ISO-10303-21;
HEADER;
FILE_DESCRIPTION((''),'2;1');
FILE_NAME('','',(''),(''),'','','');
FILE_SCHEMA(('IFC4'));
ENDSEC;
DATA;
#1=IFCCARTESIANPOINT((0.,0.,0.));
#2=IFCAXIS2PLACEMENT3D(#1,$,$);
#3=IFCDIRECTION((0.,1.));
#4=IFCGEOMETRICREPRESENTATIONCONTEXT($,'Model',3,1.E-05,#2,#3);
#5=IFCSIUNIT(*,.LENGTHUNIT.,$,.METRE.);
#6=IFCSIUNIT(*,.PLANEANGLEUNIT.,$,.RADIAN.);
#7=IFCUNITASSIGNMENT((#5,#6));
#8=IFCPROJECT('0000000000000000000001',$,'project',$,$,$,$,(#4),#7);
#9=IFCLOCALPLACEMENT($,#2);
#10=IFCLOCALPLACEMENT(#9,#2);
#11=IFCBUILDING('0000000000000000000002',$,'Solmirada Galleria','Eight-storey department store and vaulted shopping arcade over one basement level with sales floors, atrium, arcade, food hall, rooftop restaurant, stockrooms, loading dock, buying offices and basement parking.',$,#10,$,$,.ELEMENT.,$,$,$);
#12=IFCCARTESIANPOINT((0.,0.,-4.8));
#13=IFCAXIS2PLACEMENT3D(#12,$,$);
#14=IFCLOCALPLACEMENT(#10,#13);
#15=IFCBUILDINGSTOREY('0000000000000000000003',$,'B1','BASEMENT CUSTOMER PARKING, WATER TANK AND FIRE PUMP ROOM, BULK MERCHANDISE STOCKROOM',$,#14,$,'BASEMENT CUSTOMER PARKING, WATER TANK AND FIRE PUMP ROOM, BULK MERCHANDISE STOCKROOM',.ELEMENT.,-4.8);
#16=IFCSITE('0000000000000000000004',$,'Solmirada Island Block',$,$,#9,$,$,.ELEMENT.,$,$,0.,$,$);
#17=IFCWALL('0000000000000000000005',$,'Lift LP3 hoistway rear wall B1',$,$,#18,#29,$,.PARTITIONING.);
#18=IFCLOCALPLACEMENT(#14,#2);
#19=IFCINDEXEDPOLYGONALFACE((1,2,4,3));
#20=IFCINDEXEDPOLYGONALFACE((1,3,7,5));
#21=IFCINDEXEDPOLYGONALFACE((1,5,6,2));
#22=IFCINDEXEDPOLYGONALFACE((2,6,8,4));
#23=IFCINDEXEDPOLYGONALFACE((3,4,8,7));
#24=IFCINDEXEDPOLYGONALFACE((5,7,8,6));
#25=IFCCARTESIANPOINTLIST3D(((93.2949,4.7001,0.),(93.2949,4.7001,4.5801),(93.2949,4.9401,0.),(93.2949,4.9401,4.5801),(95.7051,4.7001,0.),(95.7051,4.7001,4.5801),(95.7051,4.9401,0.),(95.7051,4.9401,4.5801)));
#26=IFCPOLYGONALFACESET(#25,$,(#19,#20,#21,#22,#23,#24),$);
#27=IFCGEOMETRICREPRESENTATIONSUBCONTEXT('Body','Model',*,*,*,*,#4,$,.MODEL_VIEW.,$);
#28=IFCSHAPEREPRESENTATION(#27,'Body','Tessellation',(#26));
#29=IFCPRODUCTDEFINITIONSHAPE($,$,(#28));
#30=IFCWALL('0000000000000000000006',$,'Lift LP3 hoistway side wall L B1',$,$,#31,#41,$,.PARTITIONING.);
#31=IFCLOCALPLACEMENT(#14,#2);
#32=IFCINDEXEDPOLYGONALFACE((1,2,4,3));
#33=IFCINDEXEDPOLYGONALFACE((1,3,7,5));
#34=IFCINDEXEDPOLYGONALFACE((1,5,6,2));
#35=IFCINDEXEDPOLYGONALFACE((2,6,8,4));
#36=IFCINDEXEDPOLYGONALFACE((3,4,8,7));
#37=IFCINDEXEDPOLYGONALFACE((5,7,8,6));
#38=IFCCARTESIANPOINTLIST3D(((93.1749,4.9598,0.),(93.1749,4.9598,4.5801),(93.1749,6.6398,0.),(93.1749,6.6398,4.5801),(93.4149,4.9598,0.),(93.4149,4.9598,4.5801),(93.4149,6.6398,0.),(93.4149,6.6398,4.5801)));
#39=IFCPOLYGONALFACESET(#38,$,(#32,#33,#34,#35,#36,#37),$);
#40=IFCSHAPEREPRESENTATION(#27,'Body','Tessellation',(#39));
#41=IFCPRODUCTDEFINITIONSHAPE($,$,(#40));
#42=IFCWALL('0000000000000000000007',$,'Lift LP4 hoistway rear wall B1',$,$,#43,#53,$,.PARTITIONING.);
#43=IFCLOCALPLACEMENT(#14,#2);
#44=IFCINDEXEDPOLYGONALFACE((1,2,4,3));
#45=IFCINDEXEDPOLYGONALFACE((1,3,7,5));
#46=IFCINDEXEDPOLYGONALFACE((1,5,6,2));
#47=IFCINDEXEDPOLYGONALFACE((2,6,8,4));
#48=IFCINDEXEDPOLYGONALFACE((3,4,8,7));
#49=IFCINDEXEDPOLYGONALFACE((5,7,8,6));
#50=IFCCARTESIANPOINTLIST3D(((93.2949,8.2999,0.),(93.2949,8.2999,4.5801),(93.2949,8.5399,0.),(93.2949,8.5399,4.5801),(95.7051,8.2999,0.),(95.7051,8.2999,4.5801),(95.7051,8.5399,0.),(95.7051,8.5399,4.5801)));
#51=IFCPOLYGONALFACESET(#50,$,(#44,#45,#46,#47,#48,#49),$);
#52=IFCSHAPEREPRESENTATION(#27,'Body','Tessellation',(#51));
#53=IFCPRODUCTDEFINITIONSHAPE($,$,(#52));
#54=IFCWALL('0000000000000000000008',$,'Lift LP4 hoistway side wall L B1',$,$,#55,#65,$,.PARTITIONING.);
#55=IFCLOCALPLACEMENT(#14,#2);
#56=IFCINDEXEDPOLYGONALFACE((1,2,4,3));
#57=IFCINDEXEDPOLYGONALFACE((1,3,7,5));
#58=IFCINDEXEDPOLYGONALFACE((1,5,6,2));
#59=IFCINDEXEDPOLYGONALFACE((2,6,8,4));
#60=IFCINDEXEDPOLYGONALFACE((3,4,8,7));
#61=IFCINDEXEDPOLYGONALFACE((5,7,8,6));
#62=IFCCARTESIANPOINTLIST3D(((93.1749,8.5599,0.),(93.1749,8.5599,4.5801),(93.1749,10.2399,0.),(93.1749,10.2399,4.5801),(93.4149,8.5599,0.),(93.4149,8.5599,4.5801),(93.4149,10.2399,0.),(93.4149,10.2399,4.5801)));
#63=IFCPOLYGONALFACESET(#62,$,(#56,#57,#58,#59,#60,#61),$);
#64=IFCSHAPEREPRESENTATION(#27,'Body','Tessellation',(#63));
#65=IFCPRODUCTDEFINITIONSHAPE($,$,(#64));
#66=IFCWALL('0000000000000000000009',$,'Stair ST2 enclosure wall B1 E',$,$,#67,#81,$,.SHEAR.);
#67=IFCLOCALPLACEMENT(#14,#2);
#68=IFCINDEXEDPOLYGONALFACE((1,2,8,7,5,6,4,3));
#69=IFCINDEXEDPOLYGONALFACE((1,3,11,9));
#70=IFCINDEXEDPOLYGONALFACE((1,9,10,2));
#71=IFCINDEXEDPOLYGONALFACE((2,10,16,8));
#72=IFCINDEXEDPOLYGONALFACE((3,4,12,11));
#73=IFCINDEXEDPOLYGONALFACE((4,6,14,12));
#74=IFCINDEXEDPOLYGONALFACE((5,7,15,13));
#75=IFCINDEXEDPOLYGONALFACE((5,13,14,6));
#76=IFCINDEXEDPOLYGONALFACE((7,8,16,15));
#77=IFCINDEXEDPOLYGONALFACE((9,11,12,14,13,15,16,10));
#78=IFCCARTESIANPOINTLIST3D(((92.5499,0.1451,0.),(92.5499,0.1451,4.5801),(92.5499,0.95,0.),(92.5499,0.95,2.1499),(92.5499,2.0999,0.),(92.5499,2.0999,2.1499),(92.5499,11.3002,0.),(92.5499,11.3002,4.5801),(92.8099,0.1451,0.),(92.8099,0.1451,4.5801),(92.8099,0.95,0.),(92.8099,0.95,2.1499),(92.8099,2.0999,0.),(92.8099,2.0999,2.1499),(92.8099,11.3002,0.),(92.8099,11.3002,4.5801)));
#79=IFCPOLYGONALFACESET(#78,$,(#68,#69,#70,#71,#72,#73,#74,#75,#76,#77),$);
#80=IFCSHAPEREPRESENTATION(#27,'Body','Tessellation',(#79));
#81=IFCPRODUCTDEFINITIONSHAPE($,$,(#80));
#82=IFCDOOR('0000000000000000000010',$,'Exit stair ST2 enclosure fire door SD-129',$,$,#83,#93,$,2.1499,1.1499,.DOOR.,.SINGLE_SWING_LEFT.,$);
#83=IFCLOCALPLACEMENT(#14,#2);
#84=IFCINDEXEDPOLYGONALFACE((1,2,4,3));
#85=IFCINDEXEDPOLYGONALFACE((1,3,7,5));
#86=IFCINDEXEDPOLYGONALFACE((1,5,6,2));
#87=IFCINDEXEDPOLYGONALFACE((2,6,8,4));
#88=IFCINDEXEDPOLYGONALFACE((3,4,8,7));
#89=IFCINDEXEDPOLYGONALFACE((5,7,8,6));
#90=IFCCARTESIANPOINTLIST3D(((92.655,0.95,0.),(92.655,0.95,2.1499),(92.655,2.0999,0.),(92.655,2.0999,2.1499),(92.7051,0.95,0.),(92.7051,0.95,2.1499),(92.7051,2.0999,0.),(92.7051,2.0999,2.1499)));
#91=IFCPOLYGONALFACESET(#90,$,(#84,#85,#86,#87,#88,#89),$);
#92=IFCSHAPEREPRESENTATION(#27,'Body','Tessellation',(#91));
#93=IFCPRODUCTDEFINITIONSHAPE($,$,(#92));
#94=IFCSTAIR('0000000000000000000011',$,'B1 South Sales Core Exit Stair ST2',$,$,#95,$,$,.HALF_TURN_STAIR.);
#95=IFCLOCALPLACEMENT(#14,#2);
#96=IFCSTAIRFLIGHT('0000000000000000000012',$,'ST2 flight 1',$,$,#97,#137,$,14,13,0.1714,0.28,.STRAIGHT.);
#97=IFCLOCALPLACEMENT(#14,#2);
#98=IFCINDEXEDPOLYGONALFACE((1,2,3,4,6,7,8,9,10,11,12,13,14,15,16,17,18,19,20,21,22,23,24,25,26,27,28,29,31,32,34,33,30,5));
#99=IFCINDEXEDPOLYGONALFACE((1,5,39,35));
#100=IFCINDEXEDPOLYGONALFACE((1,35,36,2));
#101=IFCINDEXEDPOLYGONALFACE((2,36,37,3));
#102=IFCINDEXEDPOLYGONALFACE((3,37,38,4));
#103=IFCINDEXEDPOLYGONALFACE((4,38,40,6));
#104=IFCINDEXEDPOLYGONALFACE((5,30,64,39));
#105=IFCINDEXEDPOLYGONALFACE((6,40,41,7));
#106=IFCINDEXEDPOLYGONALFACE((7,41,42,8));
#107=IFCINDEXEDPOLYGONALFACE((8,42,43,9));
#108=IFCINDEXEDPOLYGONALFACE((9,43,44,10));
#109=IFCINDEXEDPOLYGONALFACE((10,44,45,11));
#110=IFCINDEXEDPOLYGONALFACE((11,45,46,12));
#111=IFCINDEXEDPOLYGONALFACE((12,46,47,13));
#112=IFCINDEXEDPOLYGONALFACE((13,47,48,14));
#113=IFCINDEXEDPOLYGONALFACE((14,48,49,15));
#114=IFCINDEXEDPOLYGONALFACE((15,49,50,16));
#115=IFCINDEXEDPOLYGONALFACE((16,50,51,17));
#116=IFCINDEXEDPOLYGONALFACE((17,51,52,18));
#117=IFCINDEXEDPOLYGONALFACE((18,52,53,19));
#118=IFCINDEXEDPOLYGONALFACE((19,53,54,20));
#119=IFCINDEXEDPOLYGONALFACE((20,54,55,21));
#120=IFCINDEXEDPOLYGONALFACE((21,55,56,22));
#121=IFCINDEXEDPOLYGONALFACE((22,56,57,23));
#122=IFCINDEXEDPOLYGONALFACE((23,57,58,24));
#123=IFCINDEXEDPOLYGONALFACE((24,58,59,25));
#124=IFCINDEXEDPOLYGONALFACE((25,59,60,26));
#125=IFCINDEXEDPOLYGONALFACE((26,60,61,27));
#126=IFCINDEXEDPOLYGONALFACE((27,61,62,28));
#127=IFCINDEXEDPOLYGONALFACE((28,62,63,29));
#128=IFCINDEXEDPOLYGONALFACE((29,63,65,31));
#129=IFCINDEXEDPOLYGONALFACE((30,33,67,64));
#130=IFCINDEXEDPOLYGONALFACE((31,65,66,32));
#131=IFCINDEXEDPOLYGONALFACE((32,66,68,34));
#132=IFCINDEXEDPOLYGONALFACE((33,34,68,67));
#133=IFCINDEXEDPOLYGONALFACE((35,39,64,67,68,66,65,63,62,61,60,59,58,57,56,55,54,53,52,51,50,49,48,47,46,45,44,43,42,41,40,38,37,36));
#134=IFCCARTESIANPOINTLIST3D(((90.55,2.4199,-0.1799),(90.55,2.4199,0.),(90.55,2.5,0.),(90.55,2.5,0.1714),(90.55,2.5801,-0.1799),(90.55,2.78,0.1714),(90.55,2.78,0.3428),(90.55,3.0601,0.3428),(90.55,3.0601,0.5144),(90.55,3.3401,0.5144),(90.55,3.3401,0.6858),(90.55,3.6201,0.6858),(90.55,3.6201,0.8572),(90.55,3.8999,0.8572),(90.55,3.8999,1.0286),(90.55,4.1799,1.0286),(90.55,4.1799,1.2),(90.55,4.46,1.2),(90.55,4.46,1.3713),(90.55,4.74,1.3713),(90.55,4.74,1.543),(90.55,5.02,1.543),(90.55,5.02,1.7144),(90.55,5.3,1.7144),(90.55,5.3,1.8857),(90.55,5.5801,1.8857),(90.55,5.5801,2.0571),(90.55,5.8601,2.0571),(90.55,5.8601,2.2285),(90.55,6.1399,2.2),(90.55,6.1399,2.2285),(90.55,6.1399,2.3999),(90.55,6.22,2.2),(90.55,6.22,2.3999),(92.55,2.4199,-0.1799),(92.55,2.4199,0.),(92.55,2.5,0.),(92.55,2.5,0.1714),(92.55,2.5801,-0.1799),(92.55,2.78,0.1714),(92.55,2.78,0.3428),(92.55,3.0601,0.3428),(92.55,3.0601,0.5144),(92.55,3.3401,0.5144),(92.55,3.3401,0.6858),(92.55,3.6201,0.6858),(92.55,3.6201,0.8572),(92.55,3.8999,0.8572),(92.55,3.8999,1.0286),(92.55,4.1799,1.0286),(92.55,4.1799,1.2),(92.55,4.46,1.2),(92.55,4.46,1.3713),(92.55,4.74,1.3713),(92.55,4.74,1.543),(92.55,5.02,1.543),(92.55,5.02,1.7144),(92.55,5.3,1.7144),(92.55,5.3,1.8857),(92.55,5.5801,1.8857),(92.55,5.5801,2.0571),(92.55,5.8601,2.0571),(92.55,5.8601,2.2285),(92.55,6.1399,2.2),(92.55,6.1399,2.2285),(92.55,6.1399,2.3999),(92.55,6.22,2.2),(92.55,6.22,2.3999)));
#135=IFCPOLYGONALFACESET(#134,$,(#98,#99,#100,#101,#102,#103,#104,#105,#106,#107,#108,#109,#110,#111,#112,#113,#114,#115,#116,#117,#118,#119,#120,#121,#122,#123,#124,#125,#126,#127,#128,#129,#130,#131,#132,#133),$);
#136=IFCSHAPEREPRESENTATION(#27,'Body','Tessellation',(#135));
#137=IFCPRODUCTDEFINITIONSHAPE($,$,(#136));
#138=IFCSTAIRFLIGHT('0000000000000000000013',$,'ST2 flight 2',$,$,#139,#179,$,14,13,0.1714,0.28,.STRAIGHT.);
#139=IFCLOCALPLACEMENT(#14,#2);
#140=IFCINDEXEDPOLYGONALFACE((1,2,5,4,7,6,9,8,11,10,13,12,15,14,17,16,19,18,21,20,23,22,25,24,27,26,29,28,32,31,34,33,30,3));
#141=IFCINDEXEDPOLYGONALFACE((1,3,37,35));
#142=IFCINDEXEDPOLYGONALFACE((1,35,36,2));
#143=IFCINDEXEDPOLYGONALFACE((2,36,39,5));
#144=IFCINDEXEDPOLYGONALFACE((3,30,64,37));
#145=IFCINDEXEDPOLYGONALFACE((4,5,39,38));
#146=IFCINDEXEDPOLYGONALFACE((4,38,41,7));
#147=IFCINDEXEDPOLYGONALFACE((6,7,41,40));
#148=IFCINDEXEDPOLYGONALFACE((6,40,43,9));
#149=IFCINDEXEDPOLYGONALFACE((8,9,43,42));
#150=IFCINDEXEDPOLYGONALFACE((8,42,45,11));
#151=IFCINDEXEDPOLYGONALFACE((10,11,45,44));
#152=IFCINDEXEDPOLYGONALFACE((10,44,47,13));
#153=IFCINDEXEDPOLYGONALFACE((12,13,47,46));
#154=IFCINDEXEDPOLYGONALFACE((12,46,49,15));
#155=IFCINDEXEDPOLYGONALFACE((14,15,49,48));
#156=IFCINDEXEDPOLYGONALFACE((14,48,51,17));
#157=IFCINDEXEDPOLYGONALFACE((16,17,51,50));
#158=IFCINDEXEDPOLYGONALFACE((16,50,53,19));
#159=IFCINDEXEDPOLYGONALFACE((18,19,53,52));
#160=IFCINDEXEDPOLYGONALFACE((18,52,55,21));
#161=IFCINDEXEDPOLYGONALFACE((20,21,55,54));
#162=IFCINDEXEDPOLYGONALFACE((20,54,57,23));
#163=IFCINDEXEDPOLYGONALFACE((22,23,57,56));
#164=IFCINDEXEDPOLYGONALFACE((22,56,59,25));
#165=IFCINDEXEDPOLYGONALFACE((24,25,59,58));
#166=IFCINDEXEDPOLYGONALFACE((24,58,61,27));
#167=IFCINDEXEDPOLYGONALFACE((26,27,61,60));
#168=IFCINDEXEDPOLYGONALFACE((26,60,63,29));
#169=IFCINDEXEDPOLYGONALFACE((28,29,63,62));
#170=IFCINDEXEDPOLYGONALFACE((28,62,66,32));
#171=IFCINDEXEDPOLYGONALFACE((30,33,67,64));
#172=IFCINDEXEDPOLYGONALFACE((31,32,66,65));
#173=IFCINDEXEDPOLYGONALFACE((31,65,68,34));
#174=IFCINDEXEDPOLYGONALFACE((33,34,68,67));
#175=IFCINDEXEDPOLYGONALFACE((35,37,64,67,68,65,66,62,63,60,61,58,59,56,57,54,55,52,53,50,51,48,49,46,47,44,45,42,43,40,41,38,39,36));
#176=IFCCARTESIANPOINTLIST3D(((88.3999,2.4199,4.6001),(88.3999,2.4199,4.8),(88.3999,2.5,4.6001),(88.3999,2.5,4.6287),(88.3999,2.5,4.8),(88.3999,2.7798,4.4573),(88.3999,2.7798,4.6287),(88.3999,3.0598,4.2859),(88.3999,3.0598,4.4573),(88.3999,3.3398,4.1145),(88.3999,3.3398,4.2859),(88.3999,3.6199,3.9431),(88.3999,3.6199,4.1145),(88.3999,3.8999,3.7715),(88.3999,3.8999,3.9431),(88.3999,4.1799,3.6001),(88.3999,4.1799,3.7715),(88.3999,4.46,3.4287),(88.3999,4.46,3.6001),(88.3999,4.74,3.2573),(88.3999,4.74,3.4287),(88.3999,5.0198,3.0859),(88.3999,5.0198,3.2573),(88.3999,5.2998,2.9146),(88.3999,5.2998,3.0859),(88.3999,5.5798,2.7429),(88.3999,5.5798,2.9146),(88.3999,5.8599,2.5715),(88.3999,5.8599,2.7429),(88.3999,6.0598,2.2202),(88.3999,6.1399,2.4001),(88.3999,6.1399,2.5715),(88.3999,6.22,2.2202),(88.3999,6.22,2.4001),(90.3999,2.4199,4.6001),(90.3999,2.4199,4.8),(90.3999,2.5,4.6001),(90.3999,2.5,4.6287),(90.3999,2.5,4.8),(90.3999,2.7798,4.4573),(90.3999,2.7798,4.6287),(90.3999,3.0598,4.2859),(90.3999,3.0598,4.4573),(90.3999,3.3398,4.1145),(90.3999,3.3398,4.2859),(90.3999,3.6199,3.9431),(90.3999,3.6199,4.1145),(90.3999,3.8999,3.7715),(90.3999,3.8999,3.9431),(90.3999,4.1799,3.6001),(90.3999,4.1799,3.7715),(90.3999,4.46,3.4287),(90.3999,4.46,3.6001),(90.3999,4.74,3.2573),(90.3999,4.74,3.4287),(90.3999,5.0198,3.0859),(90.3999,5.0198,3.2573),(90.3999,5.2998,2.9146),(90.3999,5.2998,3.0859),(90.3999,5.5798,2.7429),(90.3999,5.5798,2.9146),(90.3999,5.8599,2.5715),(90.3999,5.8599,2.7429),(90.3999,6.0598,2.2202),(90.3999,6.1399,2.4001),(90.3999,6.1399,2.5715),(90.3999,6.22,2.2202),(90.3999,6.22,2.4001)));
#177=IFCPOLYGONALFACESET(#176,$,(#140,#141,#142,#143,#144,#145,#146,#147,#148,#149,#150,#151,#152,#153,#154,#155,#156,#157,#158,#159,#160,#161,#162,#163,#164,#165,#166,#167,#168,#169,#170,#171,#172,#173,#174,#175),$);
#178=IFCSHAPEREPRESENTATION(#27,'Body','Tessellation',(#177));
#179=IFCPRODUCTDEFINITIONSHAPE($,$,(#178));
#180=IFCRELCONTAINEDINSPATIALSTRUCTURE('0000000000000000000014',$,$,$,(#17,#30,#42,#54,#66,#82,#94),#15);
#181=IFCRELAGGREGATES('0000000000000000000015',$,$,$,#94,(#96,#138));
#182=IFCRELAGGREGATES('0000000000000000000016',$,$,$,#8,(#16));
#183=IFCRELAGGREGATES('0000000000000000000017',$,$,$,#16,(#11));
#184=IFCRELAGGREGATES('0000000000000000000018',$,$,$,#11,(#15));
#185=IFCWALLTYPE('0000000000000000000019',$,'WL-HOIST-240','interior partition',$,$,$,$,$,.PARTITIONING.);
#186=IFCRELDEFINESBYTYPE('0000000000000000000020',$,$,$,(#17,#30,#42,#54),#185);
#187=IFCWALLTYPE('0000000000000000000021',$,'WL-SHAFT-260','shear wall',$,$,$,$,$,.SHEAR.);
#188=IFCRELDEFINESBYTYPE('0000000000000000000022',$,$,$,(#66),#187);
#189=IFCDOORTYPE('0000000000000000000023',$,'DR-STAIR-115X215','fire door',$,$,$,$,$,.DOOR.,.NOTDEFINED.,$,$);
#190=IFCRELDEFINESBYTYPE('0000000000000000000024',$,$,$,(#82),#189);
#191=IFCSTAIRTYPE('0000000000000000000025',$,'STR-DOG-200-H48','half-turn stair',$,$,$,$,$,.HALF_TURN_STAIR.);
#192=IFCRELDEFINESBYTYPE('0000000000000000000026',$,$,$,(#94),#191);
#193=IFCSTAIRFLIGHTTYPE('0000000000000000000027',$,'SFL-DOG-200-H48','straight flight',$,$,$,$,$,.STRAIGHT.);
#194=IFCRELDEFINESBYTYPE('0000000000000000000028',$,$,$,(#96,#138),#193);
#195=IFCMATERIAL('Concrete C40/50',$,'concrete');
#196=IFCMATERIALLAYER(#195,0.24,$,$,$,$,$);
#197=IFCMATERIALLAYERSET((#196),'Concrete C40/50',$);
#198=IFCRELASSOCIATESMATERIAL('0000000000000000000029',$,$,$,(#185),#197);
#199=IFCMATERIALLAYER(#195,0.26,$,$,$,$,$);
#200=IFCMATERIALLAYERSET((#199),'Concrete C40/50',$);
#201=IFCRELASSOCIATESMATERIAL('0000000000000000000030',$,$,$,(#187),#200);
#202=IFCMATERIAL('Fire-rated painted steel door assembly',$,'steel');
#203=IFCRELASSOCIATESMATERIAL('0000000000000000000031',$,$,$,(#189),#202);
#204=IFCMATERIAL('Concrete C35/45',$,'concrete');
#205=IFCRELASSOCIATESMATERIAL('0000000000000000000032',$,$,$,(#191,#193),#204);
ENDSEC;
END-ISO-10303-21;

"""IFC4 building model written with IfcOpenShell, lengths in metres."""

from ifc_helpers import new_model, si_unit, direction, frame, frame_2d, origin, place, context, subcontext, project, spatial, polyline, rectangle, outline, extrude, material, layer, layer_set, type_object, element, fill, aggregate, save


model = new_model("IFC4")

# Units and contexts
model_context = context("Model", 3, precision=1e-05, world=origin(), true_north=direction((0.0, 1.0)))
body_context = subcontext(model_context, "Body", "Model", "MODEL_VIEW")
ifc_project = project(units=[si_unit("LENGTHUNIT", "METRE"), si_unit("PLANEANGLEUNIT", "RADIAN")], contexts=[model_context])

# Site, building, storey
site_placement = place(None, origin())
site = spatial("IfcSite", under=ifc_project, at=site_placement, Name="Solmirada Island Block", CompositionType="ELEMENT", RefElevation=0.0)
building_placement = place(site_placement, origin())
building = spatial("IfcBuilding", under=site, at=building_placement, Name="Solmirada Galleria", Description="Eight-storey department store and vaulted shopping arcade over one basement level with sales floors, atrium, arcade, food hall, rooftop restaurant, stockrooms, loading dock, buying offices and basement parking.", CompositionType="ELEMENT")
storey_placement = place(building_placement, frame((0.0, 0.0, -4.8)))
storey = spatial("IfcBuildingStorey", under=building, at=storey_placement, Name="B1", Description="BASEMENT CUSTOMER PARKING, WATER TANK AND FIRE PUMP ROOM, BULK MERCHANDISE STOCKROOM", LongName="BASEMENT CUSTOMER PARKING, WATER TANK AND FIRE PUMP ROOM, BULK MERCHANDISE STOCKROOM", CompositionType="ELEMENT", Elevation=-4.8)

# Shared definitions
ifc_material_1 = material(Name="Concrete C35/45", Category="concrete")

# Shared definitions
ifc_material_2 = material(Name="Concrete C40/50", Category="concrete")

# Shared definitions
ifc_layer_1 = layer(ifc_material_2, 0.24)
ifc_layer_set_1 = layer_set([ifc_layer_1], Name="Concrete C40/50")
wall_type_1 = type_object("IfcWallType", Name="WL-HOIST-240", Description="interior partition", PredefinedType="PARTITIONING", material=ifc_layer_set_1)

# Walls
wall_1_placement = place(storey_placement, frame((93.2949, 4.8201, 0.0), z_axis=(0.0, 0.0, 1.0), x_axis=(1.0, 0.0, 0.0)))
element("IfcWall", 1, at=wall_1_placement, inside=storey, type_object=wall_type_1, Name="Lift LP3 hoistway rear wall B1", PredefinedType="PARTITIONING", context=body_context, shape_type="SweptSolid", body=[
    extrude(rectangle(XDim=2.4102, YDim=0.24, at=frame_2d((1.2051, 0.0))), origin(), (0.0, 0.0, 1.0), 4.5801),
])
wall_2_placement = place(storey_placement, frame((93.2949, 4.96, 0.0), z_axis=(0.0, 0.0, 1.0), x_axis=(0.0, 1.0, 0.0)))
element("IfcWall", 2, at=wall_2_placement, inside=storey, type_object=wall_type_1, Name="Lift LP3 hoistway side wall L B1", PredefinedType="PARTITIONING", context=body_context, shape_type="SweptSolid", body=[
    extrude(rectangle(XDim=1.6799, YDim=0.24, at=frame_2d((0.8398, 0.0))), origin(), (0.0, 0.0, 1.0), 4.5801),
])
wall_3_placement = place(storey_placement, frame((93.2949, 8.4199, 0.0), z_axis=(0.0, 0.0, 1.0), x_axis=(1.0, 0.0, 0.0)))
element("IfcWall", 3, at=wall_3_placement, inside=storey, type_object=wall_type_1, Name="Lift LP4 hoistway rear wall B1", PredefinedType="PARTITIONING", context=body_context, shape_type="SweptSolid", body=[
    extrude(rectangle(XDim=2.4102, YDim=0.24, at=frame_2d((1.2051, 0.0))), origin(), (0.0, 0.0, 1.0), 4.5801),
])
wall_4_placement = place(storey_placement, frame((93.2949, 8.5601, 0.0), z_axis=(0.0, 0.0, 1.0), x_axis=(0.0, 1.0, 0.0)))
element("IfcWall", 4, at=wall_4_placement, inside=storey, type_object=wall_type_1, Name="Lift LP4 hoistway side wall L B1", PredefinedType="PARTITIONING", context=body_context, shape_type="SweptSolid", body=[
    extrude(rectangle(XDim=1.6799, YDim=0.24, at=frame_2d((0.8398, 0.0))), origin(), (0.0, 0.0, 1.0), 4.5801),
])

# Wall, opening, door
ifc_layer_2 = layer(ifc_material_2, 0.26)
ifc_layer_set_2 = layer_set([ifc_layer_2], Name="Concrete C40/50")
wall_type_2 = type_object("IfcWallType", Name="WL-SHAFT-260", Description="shear wall", PredefinedType="SHEAR", material=ifc_layer_set_2)
wall_5_placement = place(storey_placement, frame((92.6799, 0.145, 0.0), z_axis=(0.0, 0.0, 1.0), x_axis=(0.0, 1.0, 0.0)))
wall_5 = element("IfcWall", 5, at=wall_5_placement, inside=storey, type_object=wall_type_2, Name="Stair ST2 enclosure wall B1 E", PredefinedType="SHEAR", context=body_context, shape_type="SweptSolid", body=[
    extrude(rectangle(XDim=11.155, YDim=0.26, at=frame_2d((5.5776, 0.0))), origin(), (0.0, 0.0, 1.0), 4.5801),
])
opening_1_placement = place(wall_5_placement, frame((0.8049, 0.0, 0.0)))
opening_1 = element("IfcOpeningElement", 6, at=opening_1_placement, cuts=wall_5, PredefinedType="OPENING", context=body_context, shape_type="SweptSolid", body=[
    extrude(rectangle(XDim=1.1499, YDim=2.1499, at=frame_2d((0.575, 1.075))), frame((0.0, 0.1399, 0.0), z_axis=(0.0, -1.0, 0.0), x_axis=(1.0, 0.0, 0.0)), (0.0, 0.0, 1.0), 0.28),
])
ifc_material_3 = material(Name="Fire-rated painted steel door assembly", Category="steel")
door_type_1 = type_object("IfcDoorType", Name="DR-STAIR-115X215", Description="fire door", OperationType="NOTDEFINED", PredefinedType="DOOR", material=ifc_material_3)
door_1_placement = place(opening_1_placement, origin())
door_1 = element("IfcDoor", 7, at=door_1_placement, inside=storey, type_object=door_type_1, Name="Exit stair ST2 enclosure fire door SD-129", OperationType="SINGLE_SWING_LEFT", OverallHeight=2.1499, OverallWidth=1.1499, PredefinedType="DOOR", context=body_context, shape_type="SweptSolid", body=[
    extrude(rectangle(XDim=1.1499, YDim=2.1499, at=frame_2d((0.575, 1.075))), frame((0.0, 0.0249, 0.0), z_axis=(0.0, -1.0, 0.0), x_axis=(1.0, 0.0, 0.0)), (0.0, 0.0, 1.0), 0.05),
])
fill(opening_1, door_1)

# Stair, stair flights
stair_type = type_object("IfcStairType", Name="STR-DOG-200-H48", Description="half-turn stair", PredefinedType="HALF_TURN_STAIR", material=ifc_material_1)
stair_placement = place(storey_placement, origin())
stair = element("IfcStair", 8, at=stair_placement, inside=storey, type_object=stair_type, Name="B1 South Sales Core Exit Stair ST2", PredefinedType="HALF_TURN_STAIR")
stair_flight_type = type_object("IfcStairFlightType", Name="SFL-DOG-200-H48", Description="straight flight", PredefinedType="STRAIGHT", material=ifc_material_1)
stair_flight_1_placement = place(storey_placement, frame((91.55, 2.5, 0.0), z_axis=(0.0, 0.0, 1.0), x_axis=(0.0, 1.0, 0.0)))
stair_flight_1 = element("IfcStairFlight", 9, at=stair_flight_1_placement, type_object=stair_flight_type, Name="ST2 flight 1", NumberOfRisers=14, NumberOfTreads=13, PredefinedType="STRAIGHT", RiserHeight=0.1714, TreadLength=0.28, context=body_context, shape_type="SweptSolid", body=[
    extrude(outline(polyline([(-0.0801, 0.0), (0.0, 0.0), (0.0, 0.1714), (0.28, 0.1714), (0.28, 0.3428), (0.5601, 0.3428), (0.5601, 0.5144), (0.8401, 0.5144), (0.8401, 0.6858), (1.1201, 0.6858), (1.1201, 0.8572), (1.3999, 0.8572), (1.3999, 1.0286), (1.6799, 1.0286), (1.6799, 1.2), (1.96, 1.2), (1.96, 1.3713), (2.24, 1.3713), (2.24, 1.543), (2.52, 1.543), (2.52, 1.7144), (2.8, 1.7144), (2.8, 1.8857), (3.0801, 1.8857), (3.0801, 2.0571), (3.3601, 2.0571), (3.3601, 2.2285), (3.6399, 2.2285), (3.6399, 2.3999), (3.72, 2.3999), (3.72, 2.2), (3.6399, 2.2), (0.0801, -0.1799), (-0.0801, -0.1799), (-0.0801, 0.0)])), frame((0.0, 1.0, 0.0), z_axis=(0.0, -1.0, 0.0), x_axis=(1.0, 0.0, 0.0)), (0.0, 0.0, 1.0), 2.0),
])
stair_flight_2_placement = place(storey_placement, frame((89.3999, 6.1399, 2.4001), z_axis=(0.0, 0.0, 1.0), x_axis=(0.0, -1.0, 0.0)))
stair_flight_2 = element("IfcStairFlight", 10, at=stair_flight_2_placement, type_object=stair_flight_type, Name="ST2 flight 2", NumberOfRisers=14, NumberOfTreads=13, PredefinedType="STRAIGHT", RiserHeight=0.1714, TreadLength=0.28, context=body_context, shape_type="SweptSolid", body=[
    extrude(outline(polyline([(-0.0801, 0.0), (0.0, 0.0), (0.0, 0.1714), (0.28, 0.1714), (0.28, 0.3428), (0.5601, 0.3428), (0.5601, 0.5144), (0.8401, 0.5144), (0.8401, 0.6858), (1.1201, 0.6858), (1.1201, 0.8572), (1.3999, 0.8572), (1.3999, 1.0286), (1.6799, 1.0286), (1.6799, 1.2), (1.96, 1.2), (1.96, 1.3713), (2.24, 1.3713), (2.24, 1.543), (2.52, 1.543), (2.52, 1.7144), (2.8, 1.7144), (2.8, 1.8857), (3.0801, 1.8857), (3.0801, 2.0571), (3.3601, 2.0571), (3.3601, 2.2285), (3.6399, 2.2285), (3.6399, 2.3999), (3.72, 2.3999), (3.72, 2.2), (3.6399, 2.2), (0.0801, -0.1799), (-0.0801, -0.1799), (-0.0801, 0.0)])), frame((0.0, 1.0, 0.0), z_axis=(0.0, -1.0, 0.0), x_axis=(1.0, 0.0, 0.0)), (0.0, 0.0, 1.0), 2.0),
])
aggregate(stair, [stair_flight_1, stair_flight_2])

save(model, "model.ifc")
